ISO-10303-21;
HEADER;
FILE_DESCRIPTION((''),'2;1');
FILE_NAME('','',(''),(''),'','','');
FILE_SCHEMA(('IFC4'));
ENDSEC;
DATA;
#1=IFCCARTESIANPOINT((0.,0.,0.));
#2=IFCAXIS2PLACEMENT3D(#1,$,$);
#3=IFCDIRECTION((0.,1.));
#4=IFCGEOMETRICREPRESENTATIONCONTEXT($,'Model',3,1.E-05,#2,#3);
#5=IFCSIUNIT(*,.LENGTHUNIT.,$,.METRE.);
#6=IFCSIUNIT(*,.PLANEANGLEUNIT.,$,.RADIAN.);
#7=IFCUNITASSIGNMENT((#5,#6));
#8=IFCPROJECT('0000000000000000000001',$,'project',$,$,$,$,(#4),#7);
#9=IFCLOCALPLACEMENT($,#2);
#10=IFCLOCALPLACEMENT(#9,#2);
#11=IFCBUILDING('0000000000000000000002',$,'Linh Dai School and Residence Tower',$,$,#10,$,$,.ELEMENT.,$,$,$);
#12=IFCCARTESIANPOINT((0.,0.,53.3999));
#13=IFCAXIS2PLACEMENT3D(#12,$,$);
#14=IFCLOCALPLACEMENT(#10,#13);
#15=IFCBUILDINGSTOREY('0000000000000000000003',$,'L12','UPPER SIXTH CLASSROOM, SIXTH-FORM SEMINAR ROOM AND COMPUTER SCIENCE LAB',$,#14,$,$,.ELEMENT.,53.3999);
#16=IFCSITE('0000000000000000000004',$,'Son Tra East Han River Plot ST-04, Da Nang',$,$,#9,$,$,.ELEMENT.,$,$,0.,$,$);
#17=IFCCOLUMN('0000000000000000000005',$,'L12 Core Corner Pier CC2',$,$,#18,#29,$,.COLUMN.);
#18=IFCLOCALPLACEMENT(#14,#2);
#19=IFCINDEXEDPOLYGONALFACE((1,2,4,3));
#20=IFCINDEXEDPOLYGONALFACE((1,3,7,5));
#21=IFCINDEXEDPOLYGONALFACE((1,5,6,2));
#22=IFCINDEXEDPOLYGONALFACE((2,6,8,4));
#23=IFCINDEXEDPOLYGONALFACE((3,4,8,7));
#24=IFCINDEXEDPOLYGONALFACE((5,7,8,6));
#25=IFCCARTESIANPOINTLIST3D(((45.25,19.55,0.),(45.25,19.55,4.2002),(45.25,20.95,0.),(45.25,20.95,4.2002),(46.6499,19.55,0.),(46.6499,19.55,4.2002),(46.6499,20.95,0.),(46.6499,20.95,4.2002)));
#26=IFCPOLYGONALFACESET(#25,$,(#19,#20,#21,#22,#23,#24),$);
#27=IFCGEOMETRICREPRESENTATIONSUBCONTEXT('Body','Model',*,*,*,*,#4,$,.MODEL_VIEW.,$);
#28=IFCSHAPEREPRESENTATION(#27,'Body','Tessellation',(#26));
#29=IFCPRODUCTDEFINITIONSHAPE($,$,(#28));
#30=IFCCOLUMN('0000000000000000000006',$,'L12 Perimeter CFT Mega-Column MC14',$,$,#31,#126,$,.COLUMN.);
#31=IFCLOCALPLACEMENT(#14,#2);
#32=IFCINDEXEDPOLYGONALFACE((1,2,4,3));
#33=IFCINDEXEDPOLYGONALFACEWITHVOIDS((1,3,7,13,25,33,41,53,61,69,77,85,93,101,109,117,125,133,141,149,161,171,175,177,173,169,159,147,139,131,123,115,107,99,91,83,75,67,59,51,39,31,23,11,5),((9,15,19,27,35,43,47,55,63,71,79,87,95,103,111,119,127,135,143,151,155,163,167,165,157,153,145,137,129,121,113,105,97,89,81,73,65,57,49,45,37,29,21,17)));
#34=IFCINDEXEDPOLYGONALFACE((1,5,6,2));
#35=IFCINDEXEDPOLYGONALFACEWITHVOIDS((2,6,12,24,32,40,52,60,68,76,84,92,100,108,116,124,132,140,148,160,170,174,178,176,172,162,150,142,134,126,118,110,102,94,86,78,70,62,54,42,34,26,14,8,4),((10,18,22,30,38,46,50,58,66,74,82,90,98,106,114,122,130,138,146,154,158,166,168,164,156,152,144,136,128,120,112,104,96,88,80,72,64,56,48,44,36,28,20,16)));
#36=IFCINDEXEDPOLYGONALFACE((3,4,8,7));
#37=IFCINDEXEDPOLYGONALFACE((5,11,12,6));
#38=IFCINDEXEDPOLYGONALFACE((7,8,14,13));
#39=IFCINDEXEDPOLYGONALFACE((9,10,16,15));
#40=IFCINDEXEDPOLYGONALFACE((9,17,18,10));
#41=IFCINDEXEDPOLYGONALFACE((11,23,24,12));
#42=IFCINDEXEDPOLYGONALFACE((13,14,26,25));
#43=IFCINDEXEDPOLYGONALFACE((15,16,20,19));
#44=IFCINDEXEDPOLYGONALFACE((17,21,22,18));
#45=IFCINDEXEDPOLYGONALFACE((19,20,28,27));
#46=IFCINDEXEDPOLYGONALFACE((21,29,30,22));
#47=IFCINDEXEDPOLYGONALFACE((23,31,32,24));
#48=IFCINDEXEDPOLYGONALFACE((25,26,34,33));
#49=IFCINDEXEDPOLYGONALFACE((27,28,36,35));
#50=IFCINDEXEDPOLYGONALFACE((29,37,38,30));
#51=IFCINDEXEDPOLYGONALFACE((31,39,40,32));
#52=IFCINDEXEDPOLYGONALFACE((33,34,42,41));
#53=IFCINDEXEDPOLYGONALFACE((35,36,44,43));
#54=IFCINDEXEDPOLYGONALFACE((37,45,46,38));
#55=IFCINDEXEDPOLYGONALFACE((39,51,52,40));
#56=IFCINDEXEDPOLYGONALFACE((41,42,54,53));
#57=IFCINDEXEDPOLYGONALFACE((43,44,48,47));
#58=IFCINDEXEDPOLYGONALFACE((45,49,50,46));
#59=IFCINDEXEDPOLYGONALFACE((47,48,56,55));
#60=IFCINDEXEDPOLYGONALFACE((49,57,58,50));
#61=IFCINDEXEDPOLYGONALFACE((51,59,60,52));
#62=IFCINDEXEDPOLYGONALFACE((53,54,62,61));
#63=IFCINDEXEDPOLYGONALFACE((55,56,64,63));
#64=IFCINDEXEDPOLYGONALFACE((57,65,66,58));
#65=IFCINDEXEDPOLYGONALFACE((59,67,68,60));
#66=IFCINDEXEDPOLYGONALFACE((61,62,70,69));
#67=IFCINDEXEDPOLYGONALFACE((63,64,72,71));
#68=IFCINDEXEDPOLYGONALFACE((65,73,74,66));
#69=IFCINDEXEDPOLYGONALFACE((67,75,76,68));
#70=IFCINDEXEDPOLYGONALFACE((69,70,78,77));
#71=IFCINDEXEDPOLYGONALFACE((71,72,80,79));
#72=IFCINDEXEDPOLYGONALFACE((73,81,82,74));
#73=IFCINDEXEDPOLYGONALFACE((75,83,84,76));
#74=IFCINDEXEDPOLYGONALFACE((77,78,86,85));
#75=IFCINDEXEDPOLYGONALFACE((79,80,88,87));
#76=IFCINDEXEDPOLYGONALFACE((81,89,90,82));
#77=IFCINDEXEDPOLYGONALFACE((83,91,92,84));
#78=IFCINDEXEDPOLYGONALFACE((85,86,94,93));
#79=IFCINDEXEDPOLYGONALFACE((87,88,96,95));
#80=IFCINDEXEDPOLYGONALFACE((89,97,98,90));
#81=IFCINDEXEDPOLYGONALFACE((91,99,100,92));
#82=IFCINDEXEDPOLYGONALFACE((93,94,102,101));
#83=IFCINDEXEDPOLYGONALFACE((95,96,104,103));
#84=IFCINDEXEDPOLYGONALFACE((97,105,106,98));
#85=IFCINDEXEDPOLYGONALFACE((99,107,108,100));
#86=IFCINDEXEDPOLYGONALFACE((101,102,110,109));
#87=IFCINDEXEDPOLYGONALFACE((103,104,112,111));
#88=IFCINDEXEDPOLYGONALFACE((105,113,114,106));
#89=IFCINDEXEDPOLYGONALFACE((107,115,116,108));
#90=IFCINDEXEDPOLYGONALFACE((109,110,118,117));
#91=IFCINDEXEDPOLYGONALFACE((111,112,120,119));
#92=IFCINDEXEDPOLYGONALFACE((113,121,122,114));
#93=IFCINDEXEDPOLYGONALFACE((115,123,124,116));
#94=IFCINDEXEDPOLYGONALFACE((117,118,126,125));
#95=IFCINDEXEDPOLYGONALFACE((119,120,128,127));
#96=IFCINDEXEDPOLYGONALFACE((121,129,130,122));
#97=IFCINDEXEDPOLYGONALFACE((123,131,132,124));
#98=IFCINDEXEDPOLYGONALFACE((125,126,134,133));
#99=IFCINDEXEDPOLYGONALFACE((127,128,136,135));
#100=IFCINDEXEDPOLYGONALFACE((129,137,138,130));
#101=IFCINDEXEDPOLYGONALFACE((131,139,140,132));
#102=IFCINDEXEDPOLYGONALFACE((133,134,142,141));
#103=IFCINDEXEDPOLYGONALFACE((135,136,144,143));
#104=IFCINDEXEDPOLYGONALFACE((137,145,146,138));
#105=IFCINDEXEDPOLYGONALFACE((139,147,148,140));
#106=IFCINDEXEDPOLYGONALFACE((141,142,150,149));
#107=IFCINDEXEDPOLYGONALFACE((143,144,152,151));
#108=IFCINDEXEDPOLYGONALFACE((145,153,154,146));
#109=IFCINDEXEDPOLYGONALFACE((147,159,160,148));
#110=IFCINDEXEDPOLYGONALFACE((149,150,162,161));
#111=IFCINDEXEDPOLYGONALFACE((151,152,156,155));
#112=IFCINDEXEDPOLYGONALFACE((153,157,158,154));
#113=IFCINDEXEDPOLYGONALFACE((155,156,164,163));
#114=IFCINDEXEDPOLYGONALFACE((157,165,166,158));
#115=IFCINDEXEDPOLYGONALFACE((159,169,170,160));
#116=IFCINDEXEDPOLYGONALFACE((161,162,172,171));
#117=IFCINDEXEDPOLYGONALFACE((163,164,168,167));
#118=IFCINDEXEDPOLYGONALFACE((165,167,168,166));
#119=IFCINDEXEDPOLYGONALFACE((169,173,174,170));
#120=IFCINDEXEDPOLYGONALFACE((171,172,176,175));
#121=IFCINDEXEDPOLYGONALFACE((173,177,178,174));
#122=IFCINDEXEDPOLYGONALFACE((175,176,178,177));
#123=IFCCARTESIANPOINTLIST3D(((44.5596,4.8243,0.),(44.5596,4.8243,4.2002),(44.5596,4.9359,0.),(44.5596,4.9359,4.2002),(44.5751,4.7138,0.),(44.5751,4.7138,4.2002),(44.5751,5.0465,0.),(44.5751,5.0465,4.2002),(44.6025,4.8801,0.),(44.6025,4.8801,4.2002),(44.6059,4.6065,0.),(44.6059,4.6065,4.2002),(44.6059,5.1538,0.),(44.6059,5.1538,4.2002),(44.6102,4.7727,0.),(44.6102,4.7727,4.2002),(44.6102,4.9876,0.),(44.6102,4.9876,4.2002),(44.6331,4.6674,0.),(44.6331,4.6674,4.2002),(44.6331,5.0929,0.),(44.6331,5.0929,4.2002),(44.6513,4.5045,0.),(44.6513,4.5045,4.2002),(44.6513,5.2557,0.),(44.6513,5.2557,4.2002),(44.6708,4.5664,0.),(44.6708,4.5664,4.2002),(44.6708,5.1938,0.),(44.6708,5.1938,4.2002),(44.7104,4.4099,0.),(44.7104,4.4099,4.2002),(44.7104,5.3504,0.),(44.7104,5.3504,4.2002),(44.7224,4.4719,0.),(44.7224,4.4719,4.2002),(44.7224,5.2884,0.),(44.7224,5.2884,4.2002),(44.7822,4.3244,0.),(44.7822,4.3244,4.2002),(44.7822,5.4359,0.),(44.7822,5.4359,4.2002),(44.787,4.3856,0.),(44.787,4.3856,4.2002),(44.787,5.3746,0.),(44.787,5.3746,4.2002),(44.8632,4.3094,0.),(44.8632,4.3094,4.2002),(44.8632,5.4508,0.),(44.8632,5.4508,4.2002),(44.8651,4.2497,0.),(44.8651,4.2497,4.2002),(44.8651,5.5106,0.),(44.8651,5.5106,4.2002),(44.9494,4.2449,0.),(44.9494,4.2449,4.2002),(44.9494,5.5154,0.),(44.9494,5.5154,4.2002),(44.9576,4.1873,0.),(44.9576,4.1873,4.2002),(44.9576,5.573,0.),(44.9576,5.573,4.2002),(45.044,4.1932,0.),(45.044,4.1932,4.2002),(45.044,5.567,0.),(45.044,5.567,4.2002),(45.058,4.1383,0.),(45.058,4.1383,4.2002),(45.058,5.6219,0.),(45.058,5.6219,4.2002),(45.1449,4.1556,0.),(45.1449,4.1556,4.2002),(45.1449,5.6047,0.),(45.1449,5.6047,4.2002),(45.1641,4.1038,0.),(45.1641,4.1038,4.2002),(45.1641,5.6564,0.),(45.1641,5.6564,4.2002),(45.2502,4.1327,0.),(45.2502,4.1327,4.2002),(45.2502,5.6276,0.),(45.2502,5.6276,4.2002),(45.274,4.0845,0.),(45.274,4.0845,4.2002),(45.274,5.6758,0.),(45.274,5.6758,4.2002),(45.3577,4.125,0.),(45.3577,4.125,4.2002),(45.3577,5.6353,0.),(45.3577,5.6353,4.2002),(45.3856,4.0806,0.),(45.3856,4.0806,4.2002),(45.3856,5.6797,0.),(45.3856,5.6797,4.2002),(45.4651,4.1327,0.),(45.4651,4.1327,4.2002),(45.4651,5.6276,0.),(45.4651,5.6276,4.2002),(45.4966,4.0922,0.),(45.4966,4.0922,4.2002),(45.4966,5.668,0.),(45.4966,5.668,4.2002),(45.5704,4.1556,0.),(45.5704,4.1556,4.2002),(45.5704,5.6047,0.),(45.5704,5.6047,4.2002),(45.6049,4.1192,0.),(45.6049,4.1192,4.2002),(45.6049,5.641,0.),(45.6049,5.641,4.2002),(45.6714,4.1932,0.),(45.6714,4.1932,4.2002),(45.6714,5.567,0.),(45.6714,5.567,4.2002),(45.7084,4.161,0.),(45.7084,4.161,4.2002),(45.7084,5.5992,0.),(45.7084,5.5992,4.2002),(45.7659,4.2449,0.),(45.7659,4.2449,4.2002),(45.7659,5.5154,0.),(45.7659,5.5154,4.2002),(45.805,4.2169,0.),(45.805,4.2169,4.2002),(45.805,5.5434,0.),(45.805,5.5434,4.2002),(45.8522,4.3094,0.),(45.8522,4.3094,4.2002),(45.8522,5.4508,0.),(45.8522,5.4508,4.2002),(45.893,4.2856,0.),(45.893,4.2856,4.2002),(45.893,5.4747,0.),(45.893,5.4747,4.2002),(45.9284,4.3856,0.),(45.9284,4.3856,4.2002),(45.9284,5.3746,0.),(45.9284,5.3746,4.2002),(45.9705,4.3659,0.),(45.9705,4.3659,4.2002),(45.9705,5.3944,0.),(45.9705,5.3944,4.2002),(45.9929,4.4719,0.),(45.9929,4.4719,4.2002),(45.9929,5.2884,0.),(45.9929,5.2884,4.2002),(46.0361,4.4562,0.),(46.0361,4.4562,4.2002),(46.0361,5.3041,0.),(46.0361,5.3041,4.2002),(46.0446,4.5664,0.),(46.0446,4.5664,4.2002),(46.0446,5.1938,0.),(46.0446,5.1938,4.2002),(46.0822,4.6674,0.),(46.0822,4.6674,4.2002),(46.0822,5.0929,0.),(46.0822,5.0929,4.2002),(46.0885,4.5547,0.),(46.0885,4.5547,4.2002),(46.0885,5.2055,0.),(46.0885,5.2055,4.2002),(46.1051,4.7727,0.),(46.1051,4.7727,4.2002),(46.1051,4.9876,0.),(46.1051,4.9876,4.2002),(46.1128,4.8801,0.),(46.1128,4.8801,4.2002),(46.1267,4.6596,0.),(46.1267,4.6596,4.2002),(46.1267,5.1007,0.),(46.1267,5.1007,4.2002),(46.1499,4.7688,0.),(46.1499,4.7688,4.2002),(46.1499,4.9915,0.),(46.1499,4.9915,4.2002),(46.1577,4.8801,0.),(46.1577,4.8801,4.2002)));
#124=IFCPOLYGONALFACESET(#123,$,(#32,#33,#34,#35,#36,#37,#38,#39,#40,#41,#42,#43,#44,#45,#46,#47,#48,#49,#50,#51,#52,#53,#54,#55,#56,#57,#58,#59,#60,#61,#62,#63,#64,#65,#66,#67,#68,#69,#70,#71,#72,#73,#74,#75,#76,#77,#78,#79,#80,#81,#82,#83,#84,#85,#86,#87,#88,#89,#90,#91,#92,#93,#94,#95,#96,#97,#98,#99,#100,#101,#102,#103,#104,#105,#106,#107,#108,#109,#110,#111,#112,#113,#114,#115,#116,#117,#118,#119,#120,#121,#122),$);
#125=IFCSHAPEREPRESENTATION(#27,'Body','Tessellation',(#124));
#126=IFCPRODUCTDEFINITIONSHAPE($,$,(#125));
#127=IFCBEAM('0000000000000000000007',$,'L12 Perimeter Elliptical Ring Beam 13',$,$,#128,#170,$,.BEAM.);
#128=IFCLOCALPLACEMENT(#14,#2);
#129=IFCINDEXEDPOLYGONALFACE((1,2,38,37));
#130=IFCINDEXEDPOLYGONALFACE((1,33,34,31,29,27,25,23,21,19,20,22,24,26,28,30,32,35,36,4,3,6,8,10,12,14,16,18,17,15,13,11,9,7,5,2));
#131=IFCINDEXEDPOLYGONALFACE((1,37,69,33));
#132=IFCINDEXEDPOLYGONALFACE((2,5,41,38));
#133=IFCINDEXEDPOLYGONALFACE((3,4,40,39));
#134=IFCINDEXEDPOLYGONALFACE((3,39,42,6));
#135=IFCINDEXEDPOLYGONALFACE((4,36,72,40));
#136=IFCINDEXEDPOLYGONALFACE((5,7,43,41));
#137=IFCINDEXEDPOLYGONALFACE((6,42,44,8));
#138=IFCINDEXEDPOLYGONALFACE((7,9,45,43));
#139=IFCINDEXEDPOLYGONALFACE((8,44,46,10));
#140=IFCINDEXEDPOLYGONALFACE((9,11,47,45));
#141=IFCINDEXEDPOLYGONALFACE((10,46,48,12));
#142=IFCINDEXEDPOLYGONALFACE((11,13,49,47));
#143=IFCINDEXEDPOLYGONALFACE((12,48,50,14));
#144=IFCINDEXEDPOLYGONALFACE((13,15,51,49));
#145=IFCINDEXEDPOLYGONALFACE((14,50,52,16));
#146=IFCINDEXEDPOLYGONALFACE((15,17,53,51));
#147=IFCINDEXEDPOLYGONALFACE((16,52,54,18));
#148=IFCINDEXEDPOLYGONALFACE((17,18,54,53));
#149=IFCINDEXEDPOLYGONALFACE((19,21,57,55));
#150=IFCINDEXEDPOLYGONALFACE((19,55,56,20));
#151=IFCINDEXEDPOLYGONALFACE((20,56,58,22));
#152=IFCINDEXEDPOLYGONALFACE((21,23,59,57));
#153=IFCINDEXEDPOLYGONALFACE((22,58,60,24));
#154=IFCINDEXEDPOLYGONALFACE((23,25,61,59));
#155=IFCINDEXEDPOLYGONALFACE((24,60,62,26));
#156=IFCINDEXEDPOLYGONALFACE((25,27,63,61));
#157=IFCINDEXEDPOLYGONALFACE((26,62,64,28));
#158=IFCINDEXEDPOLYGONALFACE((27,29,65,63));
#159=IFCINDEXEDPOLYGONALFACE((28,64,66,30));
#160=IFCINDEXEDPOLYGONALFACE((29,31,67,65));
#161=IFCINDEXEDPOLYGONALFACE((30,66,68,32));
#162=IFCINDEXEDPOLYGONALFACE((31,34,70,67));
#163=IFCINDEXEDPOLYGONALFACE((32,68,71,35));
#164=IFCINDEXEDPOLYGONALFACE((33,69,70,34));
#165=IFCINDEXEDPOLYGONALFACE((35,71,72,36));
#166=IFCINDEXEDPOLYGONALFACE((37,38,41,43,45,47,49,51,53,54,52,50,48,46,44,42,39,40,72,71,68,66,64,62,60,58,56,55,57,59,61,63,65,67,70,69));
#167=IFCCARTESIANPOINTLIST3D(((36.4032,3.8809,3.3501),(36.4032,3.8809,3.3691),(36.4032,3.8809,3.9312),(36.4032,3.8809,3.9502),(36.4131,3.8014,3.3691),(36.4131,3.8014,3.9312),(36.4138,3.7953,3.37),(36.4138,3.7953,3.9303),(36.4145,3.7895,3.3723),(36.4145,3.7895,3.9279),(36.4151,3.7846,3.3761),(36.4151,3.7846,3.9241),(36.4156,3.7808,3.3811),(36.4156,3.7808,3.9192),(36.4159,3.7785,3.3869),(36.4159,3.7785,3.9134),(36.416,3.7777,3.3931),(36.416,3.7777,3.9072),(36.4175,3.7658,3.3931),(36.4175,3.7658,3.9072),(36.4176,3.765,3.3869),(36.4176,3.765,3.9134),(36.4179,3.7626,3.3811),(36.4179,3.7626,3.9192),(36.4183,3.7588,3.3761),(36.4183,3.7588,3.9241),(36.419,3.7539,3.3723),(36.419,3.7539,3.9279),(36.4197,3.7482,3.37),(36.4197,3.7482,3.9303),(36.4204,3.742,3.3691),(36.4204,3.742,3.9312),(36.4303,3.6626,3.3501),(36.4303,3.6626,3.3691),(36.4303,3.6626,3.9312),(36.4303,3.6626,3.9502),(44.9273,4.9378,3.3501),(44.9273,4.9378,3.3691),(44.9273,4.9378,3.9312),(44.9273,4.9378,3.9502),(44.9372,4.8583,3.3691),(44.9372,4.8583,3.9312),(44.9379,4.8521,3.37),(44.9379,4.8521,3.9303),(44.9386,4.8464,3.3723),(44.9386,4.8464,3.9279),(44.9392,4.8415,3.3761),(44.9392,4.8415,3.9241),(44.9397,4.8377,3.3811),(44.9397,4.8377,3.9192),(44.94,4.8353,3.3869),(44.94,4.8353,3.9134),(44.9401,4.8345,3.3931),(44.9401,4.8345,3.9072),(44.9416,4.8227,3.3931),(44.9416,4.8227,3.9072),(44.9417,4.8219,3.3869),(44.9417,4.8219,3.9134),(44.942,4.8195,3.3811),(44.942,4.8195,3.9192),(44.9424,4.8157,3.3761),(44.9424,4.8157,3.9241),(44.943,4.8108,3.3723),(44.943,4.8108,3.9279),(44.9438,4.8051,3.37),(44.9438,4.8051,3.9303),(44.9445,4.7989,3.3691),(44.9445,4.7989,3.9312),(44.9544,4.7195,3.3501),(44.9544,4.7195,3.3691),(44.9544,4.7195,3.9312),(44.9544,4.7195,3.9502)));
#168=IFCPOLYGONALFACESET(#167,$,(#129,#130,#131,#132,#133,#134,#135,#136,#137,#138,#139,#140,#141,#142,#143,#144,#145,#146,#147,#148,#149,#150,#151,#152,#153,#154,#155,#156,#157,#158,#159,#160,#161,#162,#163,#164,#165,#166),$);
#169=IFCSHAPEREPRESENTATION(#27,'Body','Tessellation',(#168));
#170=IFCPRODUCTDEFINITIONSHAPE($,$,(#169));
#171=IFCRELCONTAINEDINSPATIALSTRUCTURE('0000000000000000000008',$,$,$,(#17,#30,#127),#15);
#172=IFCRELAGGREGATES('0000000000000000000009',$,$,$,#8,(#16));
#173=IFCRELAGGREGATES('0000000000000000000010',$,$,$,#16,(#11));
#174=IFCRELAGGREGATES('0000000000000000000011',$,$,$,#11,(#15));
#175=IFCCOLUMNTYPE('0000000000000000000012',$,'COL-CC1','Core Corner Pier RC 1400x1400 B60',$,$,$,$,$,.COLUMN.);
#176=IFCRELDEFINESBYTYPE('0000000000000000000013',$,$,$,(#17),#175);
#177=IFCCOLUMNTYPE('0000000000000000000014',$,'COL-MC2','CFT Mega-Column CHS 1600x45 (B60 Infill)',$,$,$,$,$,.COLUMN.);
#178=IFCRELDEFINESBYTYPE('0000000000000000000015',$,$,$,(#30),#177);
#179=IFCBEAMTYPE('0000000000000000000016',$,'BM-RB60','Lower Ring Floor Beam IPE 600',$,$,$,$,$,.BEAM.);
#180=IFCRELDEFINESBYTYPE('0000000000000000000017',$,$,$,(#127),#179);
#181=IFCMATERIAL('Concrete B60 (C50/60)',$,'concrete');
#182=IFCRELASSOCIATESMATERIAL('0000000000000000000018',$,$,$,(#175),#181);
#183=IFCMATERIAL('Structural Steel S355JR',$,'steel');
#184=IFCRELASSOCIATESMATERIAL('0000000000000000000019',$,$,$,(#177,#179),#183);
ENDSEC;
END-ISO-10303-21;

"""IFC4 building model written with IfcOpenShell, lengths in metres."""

from ifc_helpers import new_model, si_unit, direction, frame, origin, origin_2d, place, context, subcontext, project, spatial, rectangle, hollow_circle, i_section, extrude, material, material_profile, profile_set, type_object, element, save


model = new_model("IFC4")

# Units and contexts
model_context = context("Model", 3, precision=1e-05, world=origin(), true_north=direction((0.0, 1.0)))
body_context = subcontext(model_context, "Body", "Model", "MODEL_VIEW")
ifc_project = project(units=[si_unit("LENGTHUNIT", "METRE"), si_unit("PLANEANGLEUNIT", "RADIAN")], contexts=[model_context])

# Site, building, storey
site_placement = place(None, origin())
site = spatial("IfcSite", under=ifc_project, at=site_placement, Name="Son Tra East Han River Plot ST-04, Da Nang", CompositionType="ELEMENT", RefElevation=0.0)
building_placement = place(site_placement, origin())
building = spatial("IfcBuilding", under=site, at=building_placement, Name="Linh Dai School and Residence Tower", CompositionType="ELEMENT")
storey_placement = place(building_placement, frame((0.0, 0.0, 53.3999)))
storey = spatial("IfcBuildingStorey", under=building, at=storey_placement, Name="L12", Description="UPPER SIXTH CLASSROOM, SIXTH-FORM SEMINAR ROOM AND COMPUTER SCIENCE LAB", CompositionType="ELEMENT", Elevation=53.3999)

# Columns
ifc_material_1 = material(Name="Concrete B60 (C50/60)", Category="concrete")
ifc_material_profile_1 = material_profile(ifc_material_1, rectangle(XDim=1.3999, YDim=1.3999, at=origin_2d()), Name="RC 1400x1400")
ifc_profile_set_1 = profile_set([ifc_material_profile_1], Name="Concrete B60 (C50/60)")
column_type_1 = type_object("IfcColumnType", Name="COL-CC1", Description="Core Corner Pier RC 1400x1400 B60", PredefinedType="COLUMN", material=ifc_profile_set_1)
column_1_placement = place(storey_placement, frame((45.95, 20.25, 0.0), z_axis=(0.0, 0.0, 1.0), x_axis=(1.0, 0.0, 0.0)))
element("IfcColumn", 1, at=column_1_placement, inside=storey, type_object=column_type_1, Name="L12 Core Corner Pier CC2", PredefinedType="COLUMN", context=body_context, shape_type="SweptSolid", body=[
    extrude(rectangle(XDim=1.3999, YDim=1.3999, at=origin_2d()), origin(), (0.0, 0.0, 1.0), 4.2002),
])
ifc_material_2 = material(Name="Structural Steel S355JR", Category="steel")
ifc_material_profile_2 = material_profile(ifc_material_2, hollow_circle(Radius=0.8, WallThickness=0.0449, at=origin_2d()), Name="CHS 1600x45")
ifc_profile_set_2 = profile_set([ifc_material_profile_2], Name="Structural Steel S355JR")
column_type_2 = type_object("IfcColumnType", Name="COL-MC2", Description="CFT Mega-Column CHS 1600x45 (B60 Infill)", PredefinedType="COLUMN", material=ifc_profile_set_2)
column_2_placement = place(storey_placement, frame((45.3577, 4.8801, 0.0), z_axis=(0.0, 0.0, 1.0), x_axis=(1.0, 0.0, 0.0)))
element("IfcColumn", 2, at=column_2_placement, inside=storey, type_object=column_type_2, Name="L12 Perimeter CFT Mega-Column MC14", PredefinedType="COLUMN", context=body_context, shape_type="SweptSolid", body=[
    extrude(hollow_circle(Radius=0.8, WallThickness=0.0449, at=origin_2d()), origin(), (0.0, 0.0, 1.0), 4.2002),
])

# Beam
ifc_material_profile_3 = material_profile(ifc_material_2, i_section(OverallWidth=0.22, OverallDepth=0.6001, WebThickness=0.012, FlangeThickness=0.019, FilletRadius=0.0239, at=origin_2d()), Name="IPE 600")
ifc_profile_set_3 = profile_set([ifc_material_profile_3], Name="Structural Steel S355JR")
beam_type_1 = type_object("IfcBeamType", Name="BM-RB60", Description="Lower Ring Floor Beam IPE 600", PredefinedType="BEAM", material=ifc_profile_set_3)
beam_1_placement = place(storey_placement, frame((36.4167, 3.7717, 3.6501), z_axis=(0.992401, 0.123045, 0.0), x_axis=(-0.123045, 0.992401, 0.0)))
element("IfcBeam", 3, at=beam_1_placement, inside=storey, type_object=beam_type_1, Name="L12 Perimeter Elliptical Ring Beam 13", PredefinedType="BEAM", context=body_context, shape_type="SweptSolid", body=[
    extrude(i_section(OverallWidth=0.22, OverallDepth=0.6001, WebThickness=0.012, FlangeThickness=0.019, FilletRadius=0.0239, at=origin_2d()), origin(), (0.0, 0.0, 1.0), 8.5894),
])

save(model, "model.ifc")
